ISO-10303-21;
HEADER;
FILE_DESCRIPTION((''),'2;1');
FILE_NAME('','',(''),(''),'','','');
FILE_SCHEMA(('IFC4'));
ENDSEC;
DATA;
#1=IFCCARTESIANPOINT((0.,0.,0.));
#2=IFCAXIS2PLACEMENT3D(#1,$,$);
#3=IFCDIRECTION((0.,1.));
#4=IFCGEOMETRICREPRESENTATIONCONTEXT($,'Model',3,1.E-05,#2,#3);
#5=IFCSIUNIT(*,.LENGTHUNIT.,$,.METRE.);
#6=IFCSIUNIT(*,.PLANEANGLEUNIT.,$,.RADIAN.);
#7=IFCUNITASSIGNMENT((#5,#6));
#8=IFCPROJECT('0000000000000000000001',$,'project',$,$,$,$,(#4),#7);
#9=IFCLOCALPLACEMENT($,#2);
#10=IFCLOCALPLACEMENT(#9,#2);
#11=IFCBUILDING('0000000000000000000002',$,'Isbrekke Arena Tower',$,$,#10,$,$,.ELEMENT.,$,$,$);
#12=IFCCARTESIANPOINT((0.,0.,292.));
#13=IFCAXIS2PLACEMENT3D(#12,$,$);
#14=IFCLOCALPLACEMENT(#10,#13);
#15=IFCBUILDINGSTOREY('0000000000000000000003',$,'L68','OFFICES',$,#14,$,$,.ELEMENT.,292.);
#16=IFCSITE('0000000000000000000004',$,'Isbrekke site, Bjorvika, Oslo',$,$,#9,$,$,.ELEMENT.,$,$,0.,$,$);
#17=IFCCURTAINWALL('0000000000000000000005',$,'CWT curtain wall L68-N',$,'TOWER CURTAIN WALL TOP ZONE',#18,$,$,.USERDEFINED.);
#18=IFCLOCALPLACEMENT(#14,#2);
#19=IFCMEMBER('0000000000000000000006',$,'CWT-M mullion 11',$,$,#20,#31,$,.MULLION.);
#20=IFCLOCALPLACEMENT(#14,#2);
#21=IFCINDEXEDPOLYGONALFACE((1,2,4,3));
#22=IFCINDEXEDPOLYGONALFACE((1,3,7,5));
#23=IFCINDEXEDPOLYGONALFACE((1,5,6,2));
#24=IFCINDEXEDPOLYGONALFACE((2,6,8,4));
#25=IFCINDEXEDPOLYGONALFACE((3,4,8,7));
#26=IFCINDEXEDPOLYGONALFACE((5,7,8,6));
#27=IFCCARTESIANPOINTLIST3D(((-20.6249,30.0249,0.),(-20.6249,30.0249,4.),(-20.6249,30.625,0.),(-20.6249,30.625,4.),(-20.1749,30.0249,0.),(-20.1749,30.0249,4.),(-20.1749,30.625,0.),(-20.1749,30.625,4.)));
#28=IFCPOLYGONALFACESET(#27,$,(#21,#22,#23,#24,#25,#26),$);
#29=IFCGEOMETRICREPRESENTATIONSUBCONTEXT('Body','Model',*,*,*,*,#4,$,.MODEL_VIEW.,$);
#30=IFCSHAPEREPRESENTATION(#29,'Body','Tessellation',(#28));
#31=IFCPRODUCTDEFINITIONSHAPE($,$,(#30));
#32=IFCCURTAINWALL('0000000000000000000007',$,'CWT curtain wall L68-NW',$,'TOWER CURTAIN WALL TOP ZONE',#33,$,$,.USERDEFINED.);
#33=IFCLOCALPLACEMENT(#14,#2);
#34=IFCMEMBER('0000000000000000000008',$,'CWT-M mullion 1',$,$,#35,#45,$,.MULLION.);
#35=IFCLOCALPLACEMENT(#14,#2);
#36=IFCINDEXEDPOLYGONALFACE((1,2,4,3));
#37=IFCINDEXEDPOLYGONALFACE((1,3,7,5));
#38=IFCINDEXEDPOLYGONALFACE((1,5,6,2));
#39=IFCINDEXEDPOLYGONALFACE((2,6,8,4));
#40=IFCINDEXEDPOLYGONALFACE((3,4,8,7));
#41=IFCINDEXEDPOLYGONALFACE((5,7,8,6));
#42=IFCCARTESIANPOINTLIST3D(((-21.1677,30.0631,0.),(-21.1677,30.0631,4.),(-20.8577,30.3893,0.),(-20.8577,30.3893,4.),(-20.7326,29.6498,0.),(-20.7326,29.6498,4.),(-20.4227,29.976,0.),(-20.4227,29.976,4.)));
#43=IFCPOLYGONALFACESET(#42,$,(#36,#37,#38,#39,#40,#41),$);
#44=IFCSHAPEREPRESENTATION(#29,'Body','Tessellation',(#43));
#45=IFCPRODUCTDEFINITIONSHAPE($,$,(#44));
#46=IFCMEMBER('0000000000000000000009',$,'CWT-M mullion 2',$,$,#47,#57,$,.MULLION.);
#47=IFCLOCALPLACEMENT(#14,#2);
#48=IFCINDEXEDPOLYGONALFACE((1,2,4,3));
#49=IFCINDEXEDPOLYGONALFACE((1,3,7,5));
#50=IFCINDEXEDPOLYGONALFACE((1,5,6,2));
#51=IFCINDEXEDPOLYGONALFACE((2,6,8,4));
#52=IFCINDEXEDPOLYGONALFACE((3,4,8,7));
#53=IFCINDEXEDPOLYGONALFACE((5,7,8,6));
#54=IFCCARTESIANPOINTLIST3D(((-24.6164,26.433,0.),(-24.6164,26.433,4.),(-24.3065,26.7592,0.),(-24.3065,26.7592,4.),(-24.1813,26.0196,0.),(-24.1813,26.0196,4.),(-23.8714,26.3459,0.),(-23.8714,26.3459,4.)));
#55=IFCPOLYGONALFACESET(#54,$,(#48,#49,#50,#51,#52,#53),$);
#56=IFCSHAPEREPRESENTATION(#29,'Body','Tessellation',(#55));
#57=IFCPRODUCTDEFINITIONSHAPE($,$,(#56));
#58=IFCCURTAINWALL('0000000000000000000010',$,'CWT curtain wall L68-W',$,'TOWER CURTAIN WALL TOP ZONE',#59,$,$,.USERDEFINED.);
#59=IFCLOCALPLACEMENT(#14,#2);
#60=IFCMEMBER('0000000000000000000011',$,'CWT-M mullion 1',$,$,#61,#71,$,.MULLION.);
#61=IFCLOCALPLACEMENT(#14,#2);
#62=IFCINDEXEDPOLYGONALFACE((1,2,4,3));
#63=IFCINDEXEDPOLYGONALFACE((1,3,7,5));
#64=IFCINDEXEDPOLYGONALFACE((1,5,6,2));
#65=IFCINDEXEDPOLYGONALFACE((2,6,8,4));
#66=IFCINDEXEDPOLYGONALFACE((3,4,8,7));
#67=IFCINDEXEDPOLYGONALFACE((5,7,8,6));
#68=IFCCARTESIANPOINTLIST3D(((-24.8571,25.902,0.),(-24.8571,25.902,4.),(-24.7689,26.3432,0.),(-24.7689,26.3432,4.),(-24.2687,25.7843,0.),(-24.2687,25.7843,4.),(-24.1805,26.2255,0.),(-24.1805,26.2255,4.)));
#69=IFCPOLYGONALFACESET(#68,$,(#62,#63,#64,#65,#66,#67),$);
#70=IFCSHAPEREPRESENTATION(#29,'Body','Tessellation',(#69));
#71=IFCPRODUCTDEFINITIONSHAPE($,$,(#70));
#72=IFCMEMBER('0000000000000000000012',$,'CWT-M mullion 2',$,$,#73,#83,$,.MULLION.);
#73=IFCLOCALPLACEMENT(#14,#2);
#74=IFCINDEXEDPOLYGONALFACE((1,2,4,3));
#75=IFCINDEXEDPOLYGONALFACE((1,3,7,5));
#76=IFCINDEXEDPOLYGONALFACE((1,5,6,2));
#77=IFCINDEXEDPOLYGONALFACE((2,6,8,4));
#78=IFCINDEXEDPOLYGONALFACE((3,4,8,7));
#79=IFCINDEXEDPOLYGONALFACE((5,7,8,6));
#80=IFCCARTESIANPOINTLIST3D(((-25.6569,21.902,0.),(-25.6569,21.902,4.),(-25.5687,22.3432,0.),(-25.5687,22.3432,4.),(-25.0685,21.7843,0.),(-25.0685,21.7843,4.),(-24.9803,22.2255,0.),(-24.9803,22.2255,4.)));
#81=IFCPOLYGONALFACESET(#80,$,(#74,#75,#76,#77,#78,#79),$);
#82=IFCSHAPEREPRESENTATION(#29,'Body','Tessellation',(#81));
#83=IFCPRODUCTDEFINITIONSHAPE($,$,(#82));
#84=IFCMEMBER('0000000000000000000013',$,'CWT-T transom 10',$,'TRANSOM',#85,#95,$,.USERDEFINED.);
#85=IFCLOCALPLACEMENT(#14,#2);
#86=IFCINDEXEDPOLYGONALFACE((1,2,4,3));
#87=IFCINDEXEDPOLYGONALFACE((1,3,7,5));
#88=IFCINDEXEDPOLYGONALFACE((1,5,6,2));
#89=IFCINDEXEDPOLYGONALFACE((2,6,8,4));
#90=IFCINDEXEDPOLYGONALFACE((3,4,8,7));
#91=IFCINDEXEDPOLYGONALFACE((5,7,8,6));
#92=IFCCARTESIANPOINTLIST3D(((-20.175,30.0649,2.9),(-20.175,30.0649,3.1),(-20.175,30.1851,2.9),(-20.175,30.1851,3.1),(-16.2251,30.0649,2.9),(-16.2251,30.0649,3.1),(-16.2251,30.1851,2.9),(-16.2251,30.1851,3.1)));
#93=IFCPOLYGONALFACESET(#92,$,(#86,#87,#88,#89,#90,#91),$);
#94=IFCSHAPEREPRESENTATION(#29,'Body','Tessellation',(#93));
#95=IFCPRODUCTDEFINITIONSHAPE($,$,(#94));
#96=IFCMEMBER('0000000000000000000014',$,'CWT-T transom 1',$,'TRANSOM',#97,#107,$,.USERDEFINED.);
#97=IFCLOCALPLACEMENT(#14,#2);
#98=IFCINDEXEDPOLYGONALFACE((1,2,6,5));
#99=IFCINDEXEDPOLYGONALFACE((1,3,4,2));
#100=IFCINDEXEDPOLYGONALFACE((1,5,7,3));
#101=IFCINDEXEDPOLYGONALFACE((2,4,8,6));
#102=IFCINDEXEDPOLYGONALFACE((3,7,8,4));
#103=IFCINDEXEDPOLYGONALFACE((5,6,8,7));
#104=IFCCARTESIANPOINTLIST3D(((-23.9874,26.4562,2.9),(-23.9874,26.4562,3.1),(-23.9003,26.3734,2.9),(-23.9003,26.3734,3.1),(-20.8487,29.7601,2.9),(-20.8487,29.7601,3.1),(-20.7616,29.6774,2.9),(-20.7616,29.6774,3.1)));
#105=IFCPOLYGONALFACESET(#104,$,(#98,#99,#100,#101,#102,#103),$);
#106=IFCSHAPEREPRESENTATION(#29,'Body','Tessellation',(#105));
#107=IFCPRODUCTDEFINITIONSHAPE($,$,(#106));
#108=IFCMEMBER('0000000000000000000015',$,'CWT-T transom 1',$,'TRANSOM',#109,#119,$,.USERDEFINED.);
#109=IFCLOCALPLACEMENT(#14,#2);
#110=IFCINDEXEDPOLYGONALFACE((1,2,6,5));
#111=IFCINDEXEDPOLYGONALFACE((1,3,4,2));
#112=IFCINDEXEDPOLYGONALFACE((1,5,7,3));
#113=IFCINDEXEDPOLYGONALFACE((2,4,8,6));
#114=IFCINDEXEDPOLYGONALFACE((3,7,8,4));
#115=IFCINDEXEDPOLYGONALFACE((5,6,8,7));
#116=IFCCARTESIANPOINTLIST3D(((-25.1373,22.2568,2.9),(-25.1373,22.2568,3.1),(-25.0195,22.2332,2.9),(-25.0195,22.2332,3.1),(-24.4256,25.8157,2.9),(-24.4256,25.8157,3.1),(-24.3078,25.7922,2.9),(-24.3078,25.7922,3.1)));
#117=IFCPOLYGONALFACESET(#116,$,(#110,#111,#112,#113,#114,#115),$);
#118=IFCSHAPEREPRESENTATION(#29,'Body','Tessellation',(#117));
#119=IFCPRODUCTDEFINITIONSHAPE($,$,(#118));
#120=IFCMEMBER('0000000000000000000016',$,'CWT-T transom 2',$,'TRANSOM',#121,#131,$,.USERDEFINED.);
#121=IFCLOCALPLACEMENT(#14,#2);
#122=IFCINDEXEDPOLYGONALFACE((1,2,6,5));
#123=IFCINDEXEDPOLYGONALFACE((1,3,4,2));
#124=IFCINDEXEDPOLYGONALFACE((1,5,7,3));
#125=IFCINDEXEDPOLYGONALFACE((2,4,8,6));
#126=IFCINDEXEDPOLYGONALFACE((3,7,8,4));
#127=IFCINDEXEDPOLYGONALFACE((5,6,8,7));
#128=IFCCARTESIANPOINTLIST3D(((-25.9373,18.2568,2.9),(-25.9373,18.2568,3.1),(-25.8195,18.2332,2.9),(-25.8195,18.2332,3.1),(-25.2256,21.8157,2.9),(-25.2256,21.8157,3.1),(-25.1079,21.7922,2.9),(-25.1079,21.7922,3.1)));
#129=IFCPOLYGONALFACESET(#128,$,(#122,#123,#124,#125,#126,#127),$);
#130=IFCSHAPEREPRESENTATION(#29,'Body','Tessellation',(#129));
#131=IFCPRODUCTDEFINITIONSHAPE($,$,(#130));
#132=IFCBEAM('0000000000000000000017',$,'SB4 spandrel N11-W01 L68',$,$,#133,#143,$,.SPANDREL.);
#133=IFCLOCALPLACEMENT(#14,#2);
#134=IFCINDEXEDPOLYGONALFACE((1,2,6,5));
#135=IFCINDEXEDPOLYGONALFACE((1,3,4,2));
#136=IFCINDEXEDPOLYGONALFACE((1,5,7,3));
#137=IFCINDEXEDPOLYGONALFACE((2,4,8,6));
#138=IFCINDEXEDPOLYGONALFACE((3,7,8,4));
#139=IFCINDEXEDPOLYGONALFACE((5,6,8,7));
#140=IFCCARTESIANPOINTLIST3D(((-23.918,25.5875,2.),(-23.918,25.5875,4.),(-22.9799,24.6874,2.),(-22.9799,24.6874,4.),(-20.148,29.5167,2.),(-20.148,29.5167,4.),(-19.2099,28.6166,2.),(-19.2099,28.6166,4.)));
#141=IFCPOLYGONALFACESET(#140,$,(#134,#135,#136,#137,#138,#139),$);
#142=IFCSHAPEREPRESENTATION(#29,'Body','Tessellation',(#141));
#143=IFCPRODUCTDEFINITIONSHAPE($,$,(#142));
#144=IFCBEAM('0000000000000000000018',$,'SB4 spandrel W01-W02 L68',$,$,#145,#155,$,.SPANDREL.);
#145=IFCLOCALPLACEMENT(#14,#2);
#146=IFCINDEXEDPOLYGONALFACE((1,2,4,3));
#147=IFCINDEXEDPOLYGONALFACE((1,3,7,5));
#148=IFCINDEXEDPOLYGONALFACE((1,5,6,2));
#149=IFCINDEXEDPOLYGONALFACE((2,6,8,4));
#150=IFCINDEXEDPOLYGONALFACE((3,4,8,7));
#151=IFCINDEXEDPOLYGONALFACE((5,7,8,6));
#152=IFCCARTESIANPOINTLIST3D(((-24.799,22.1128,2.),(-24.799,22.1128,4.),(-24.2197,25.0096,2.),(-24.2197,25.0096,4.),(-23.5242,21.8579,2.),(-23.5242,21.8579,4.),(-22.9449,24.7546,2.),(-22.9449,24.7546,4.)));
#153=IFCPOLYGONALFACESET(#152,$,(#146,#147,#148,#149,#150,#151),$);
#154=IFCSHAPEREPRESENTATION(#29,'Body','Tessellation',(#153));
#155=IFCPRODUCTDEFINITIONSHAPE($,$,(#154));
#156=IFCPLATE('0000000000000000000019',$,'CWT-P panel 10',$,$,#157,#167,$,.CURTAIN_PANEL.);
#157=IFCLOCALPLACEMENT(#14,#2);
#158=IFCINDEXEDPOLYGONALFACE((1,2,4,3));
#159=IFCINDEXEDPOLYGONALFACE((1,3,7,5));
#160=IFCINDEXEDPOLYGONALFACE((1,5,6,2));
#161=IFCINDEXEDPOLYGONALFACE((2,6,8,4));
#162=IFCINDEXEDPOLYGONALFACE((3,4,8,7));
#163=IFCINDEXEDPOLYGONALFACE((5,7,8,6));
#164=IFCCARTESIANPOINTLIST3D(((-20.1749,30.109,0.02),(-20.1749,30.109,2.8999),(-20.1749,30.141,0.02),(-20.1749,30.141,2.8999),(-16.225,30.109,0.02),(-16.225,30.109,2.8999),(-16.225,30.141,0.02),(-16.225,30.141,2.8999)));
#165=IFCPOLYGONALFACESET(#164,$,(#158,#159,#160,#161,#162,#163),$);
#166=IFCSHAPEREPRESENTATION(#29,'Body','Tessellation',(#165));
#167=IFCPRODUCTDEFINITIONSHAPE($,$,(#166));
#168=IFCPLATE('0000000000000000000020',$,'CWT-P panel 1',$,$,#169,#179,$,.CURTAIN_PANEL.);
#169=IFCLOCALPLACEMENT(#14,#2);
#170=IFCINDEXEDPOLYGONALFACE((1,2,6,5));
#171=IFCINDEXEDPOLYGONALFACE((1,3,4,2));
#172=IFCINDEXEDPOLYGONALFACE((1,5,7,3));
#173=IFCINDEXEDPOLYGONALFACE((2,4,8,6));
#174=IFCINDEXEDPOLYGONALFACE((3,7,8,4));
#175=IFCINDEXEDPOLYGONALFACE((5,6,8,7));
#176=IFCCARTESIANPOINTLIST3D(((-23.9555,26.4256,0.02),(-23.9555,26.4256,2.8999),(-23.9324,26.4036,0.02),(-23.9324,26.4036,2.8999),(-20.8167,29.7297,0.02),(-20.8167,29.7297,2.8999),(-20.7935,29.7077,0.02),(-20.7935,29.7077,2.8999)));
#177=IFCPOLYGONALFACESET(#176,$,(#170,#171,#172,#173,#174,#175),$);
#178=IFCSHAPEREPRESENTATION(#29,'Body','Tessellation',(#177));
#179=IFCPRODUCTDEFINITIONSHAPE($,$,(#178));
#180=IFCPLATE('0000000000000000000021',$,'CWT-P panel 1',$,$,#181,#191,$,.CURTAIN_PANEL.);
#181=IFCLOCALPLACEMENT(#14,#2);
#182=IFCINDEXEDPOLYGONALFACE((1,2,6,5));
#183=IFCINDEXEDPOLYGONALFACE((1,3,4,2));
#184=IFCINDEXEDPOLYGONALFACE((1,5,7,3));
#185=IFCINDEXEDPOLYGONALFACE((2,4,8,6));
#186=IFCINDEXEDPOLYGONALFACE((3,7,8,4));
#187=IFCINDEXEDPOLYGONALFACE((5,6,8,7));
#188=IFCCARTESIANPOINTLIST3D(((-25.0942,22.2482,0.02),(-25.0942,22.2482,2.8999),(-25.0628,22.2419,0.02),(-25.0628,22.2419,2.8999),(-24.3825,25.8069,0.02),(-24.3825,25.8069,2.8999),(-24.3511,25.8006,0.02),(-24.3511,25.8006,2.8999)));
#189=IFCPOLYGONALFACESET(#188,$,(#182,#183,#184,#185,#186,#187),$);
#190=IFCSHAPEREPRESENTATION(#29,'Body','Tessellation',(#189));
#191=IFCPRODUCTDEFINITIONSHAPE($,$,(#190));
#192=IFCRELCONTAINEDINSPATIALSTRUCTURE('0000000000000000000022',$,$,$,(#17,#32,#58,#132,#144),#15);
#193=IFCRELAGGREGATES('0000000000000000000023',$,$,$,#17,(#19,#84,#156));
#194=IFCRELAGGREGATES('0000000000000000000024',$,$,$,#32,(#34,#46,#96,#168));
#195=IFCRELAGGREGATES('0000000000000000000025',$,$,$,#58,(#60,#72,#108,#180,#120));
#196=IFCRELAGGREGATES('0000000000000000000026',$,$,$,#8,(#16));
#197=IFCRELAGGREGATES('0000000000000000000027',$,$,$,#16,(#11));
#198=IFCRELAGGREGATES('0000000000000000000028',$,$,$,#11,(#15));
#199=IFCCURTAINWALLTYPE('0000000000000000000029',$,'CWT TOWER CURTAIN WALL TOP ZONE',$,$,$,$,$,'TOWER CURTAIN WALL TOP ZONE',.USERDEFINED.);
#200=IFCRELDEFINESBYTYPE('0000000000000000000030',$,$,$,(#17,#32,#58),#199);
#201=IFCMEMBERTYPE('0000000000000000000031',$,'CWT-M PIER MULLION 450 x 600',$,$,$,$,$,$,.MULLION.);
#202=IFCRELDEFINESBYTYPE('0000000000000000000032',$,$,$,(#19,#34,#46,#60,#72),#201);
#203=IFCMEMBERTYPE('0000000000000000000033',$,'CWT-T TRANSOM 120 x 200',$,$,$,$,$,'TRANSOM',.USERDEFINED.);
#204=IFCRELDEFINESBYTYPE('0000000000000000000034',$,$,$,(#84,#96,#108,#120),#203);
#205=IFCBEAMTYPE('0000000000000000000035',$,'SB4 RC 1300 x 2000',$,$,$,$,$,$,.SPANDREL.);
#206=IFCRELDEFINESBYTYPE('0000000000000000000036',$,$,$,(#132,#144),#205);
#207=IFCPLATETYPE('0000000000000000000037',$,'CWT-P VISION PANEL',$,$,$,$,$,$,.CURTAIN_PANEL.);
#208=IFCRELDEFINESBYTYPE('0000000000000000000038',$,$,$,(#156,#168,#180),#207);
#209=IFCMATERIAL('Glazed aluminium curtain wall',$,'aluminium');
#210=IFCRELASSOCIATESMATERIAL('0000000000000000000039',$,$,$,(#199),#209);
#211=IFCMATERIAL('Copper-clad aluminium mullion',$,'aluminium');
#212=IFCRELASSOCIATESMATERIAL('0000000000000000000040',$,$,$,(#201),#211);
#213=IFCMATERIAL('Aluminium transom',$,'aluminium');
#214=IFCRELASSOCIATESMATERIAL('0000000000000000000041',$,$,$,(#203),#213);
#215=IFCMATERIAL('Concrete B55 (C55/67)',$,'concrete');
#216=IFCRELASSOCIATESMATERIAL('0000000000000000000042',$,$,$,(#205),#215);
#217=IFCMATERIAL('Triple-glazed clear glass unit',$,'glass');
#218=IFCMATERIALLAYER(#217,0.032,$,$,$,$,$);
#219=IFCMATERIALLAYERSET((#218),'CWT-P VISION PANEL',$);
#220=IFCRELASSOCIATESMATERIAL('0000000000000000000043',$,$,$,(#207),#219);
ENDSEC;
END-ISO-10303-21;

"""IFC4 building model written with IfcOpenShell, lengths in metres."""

from ifc_helpers import new_model, si_unit, direction, frame, origin, origin_2d, place, context, subcontext, project, spatial, rectangle, extrude, material, layer, layer_set, material_profile, profile_set, type_object, element, aggregate, save


model = new_model("IFC4")

# Units and contexts
model_context = context("Model", 3, precision=1e-05, world=origin(), true_north=direction((0.0, 1.0)))
body_context = subcontext(model_context, "Body", "Model", "MODEL_VIEW")
ifc_project = project(units=[si_unit("LENGTHUNIT", "METRE"), si_unit("PLANEANGLEUNIT", "RADIAN")], contexts=[model_context])

# Site, building, storey
site_placement = place(None, origin())
site = spatial("IfcSite", under=ifc_project, at=site_placement, Name="Isbrekke site, Bjorvika, Oslo", CompositionType="ELEMENT", RefElevation=0.0)
building_placement = place(site_placement, origin())
building = spatial("IfcBuilding", under=site, at=building_placement, Name="Isbrekke Arena Tower", CompositionType="ELEMENT")
storey_placement = place(building_placement, frame((0.0, 0.0, 292.0)))
storey = spatial("IfcBuildingStorey", under=building, at=storey_placement, Name="L68", Description="OFFICES", CompositionType="ELEMENT", Elevation=292.0)

# Curtain wall, member
ifc_material_1 = material(Name="Glazed aluminium curtain wall", Category="aluminium")
curtain_wall_type = type_object("IfcCurtainWallType", Name="CWT TOWER CURTAIN WALL TOP ZONE", ElementType="TOWER CURTAIN WALL TOP ZONE", PredefinedType="USERDEFINED", material=ifc_material_1)
curtain_wall_1_placement = place(storey_placement, origin())
curtain_wall_1 = element("IfcCurtainWall", 1, at=curtain_wall_1_placement, inside=storey, type_object=curtain_wall_type, Name="CWT curtain wall L68-N", ObjectType="TOWER CURTAIN WALL TOP ZONE", PredefinedType="USERDEFINED")
ifc_material_2 = material(Name="Copper-clad aluminium mullion", Category="aluminium")
ifc_material_profile_1 = material_profile(ifc_material_2, rectangle(XDim=0.45, YDim=0.6001, at=origin_2d()), Name="PIER 450X600")
ifc_profile_set_1 = profile_set([ifc_material_profile_1], Name="Copper-clad aluminium mullion")
member_type_1 = type_object("IfcMemberType", Name="CWT-M PIER MULLION 450 x 600", PredefinedType="MULLION", material=ifc_profile_set_1)
member_1_placement = place(storey_placement, frame((-20.3999, 30.325, 0.0), z_axis=(0.0, 0.0, 1.0), x_axis=(-1.0, 0.0, 0.0)))
member_1 = element("IfcMember", 2, at=member_1_placement, type_object=member_type_1, Name="CWT-M mullion 11", PredefinedType="MULLION", context=body_context, shape_type="SweptSolid", body=[
    extrude(rectangle(XDim=0.45, YDim=0.6001, at=origin_2d()), origin(), (0.0, 0.0, 1.0), 4.0),
])

# Curtain walls, members
curtain_wall_2_placement = place(storey_placement, origin())
curtain_wall_2 = element("IfcCurtainWall", 3, at=curtain_wall_2_placement, inside=storey, type_object=curtain_wall_type, Name="CWT curtain wall L68-NW", ObjectType="TOWER CURTAIN WALL TOP ZONE", PredefinedType="USERDEFINED")
member_2_placement = place(storey_placement, frame((-20.7952, 30.0195, 0.0), z_axis=(0.0, 0.0, 1.0), x_axis=(-0.688749, -0.724999, 0.0)))
member_2 = element("IfcMember", 4, at=member_2_placement, type_object=member_type_1, Name="CWT-M mullion 1", PredefinedType="MULLION", context=body_context, shape_type="SweptSolid", body=[
    extrude(rectangle(XDim=0.45, YDim=0.6001, at=origin_2d()), origin(), (0.0, 0.0, 1.0), 4.0),
])
member_3_placement = place(storey_placement, frame((-24.2439, 26.3894, 0.0), z_axis=(0.0, 0.0, 1.0), x_axis=(-0.688749, -0.724999, 0.0)))
member_3 = element("IfcMember", 5, at=member_3_placement, type_object=member_type_1, Name="CWT-M mullion 2", PredefinedType="MULLION", context=body_context, shape_type="SweptSolid", body=[
    extrude(rectangle(XDim=0.45, YDim=0.6001, at=origin_2d()), origin(), (0.0, 0.0, 1.0), 4.0),
])
curtain_wall_3_placement = place(storey_placement, origin())
curtain_wall_3 = element("IfcCurtainWall", 6, at=curtain_wall_3_placement, inside=storey, type_object=curtain_wall_type, Name="CWT curtain wall L68-W", ObjectType="TOWER CURTAIN WALL TOP ZONE", PredefinedType="USERDEFINED")
member_4_placement = place(storey_placement, frame((-24.5188, 26.0637, 0.0), z_axis=(0.0, 0.0, 1.0), x_axis=(-0.196116, -0.980581, 0.0)))
member_4 = element("IfcMember", 7, at=member_4_placement, type_object=member_type_1, Name="CWT-M mullion 1", PredefinedType="MULLION", context=body_context, shape_type="SweptSolid", body=[
    extrude(rectangle(XDim=0.45, YDim=0.6001, at=origin_2d()), origin(), (0.0, 0.0, 1.0), 4.0),
])
member_5_placement = place(storey_placement, frame((-25.3186, 22.0637, 0.0), z_axis=(0.0, 0.0, 1.0), x_axis=(-0.196116, -0.980581, 0.0)))
member_5 = element("IfcMember", 8, at=member_5_placement, type_object=member_type_1, Name="CWT-M mullion 2", PredefinedType="MULLION", context=body_context, shape_type="SweptSolid", body=[
    extrude(rectangle(XDim=0.45, YDim=0.6001, at=origin_2d()), origin(), (0.0, 0.0, 1.0), 4.0),
])

# Members
ifc_material_3 = material(Name="Aluminium transom", Category="aluminium")
ifc_material_profile_2 = material_profile(ifc_material_3, rectangle(XDim=0.1201, YDim=0.2, at=origin_2d()), Name="TRANSOM 120X200")
ifc_profile_set_2 = profile_set([ifc_material_profile_2], Name="Aluminium transom")
member_type_2 = type_object("IfcMemberType", Name="CWT-T TRANSOM 120 x 200", ElementType="TRANSOM", PredefinedType="USERDEFINED", material=ifc_profile_set_2)
member_6_placement = place(storey_placement, frame((-16.2251, 30.125, 3.0), z_axis=(-1.0, 0.0, 0.0), x_axis=(0.0, -1.0, 0.0)))
member_6 = element("IfcMember", 9, at=member_6_placement, type_object=member_type_2, Name="CWT-T transom 10", ObjectType="TRANSOM", PredefinedType="USERDEFINED", context=body_context, shape_type="SweptSolid", body=[
    extrude(rectangle(XDim=0.1201, YDim=0.2, at=origin_2d()), origin(), (0.0, 0.0, 1.0), 3.95),
])
member_7_placement = place(storey_placement, frame((-20.8052, 29.7188, 3.0), z_axis=(-0.68874, -0.725009, 0.0), x_axis=(0.725009, -0.68874, 0.0)))
member_7 = element("IfcMember", 10, at=member_7_placement, type_object=member_type_2, Name="CWT-T transom 1", ObjectType="TRANSOM", PredefinedType="USERDEFINED", context=body_context, shape_type="SweptSolid", body=[
    extrude(rectangle(XDim=0.1201, YDim=0.2, at=origin_2d()), origin(), (0.0, 0.0, 1.0), 4.5571),
])
member_8_placement = place(storey_placement, frame((-24.3667, 25.804, 3.0), z_axis=(-0.19609, -0.980586, 0.0), x_axis=(0.980586, -0.19609, 0.0)))
member_8 = element("IfcMember", 11, at=member_8_placement, type_object=member_type_2, Name="CWT-T transom 1", ObjectType="TRANSOM", PredefinedType="USERDEFINED", context=body_context, shape_type="SweptSolid", body=[
    extrude(rectangle(XDim=0.1201, YDim=0.2, at=origin_2d()), origin(), (0.0, 0.0, 1.0), 3.6294),
])
member_9_placement = place(storey_placement, frame((-25.1667, 21.804, 3.0), z_axis=(-0.19609, -0.980586, 0.0), x_axis=(0.980586, -0.19609, 0.0)))
member_9 = element("IfcMember", 12, at=member_9_placement, type_object=member_type_2, Name="CWT-T transom 2", ObjectType="TRANSOM", PredefinedType="USERDEFINED", context=body_context, shape_type="SweptSolid", body=[
    extrude(rectangle(XDim=0.1201, YDim=0.2, at=origin_2d()), origin(), (0.0, 0.0, 1.0), 3.6294),
])

# Beams
ifc_material_4 = material(Name="Concrete B55 (C55/67)", Category="concrete")
ifc_material_profile_3 = material_profile(ifc_material_4, rectangle(XDim=1.3, YDim=2.0, at=origin_2d()), Name="RC 1300x2000")
ifc_profile_set_3 = profile_set([ifc_material_profile_3], Name="Concrete B55 (C55/67)")
beam_type_1 = type_object("IfcBeamType", Name="SB4 RC 1300 x 2000", PredefinedType="SPANDREL", material=ifc_profile_set_3)
beam_1_placement = place(storey_placement, frame((-19.679, 29.0667, 3.0), z_axis=(-0.69234, -0.721572, 0.0), x_axis=(0.721572, -0.69234, 0.0)))
element("IfcBeam", 13, at=beam_1_placement, inside=storey, type_object=beam_type_1, Name="SB4 spandrel N11-W01 L68", PredefinedType="SPANDREL", context=body_context, shape_type="SweptSolid", body=[
    extrude(rectangle(XDim=1.3, YDim=2.0, at=origin_2d()), origin(), (0.0, 0.0, 1.0), 5.4453),
])
beam_2_placement = place(storey_placement, frame((-23.5823, 24.8821, 3.0), z_axis=(-0.196116, -0.980581, 0.0), x_axis=(0.980581, -0.196116, 0.0)))
element("IfcBeam", 14, at=beam_2_placement, inside=storey, type_object=beam_type_1, Name="SB4 spandrel W01-W02 L68", PredefinedType="SPANDREL", context=body_context, shape_type="SweptSolid", body=[
    extrude(rectangle(XDim=1.3, YDim=2.0, at=origin_2d()), origin(), (0.0, 0.0, 1.0), 2.9541),
])

# Plates
ifc_material_5 = material(Name="Triple-glazed clear glass unit", Category="glass")
ifc_layer_1 = layer(ifc_material_5, 0.032)
ifc_layer_set_1 = layer_set([ifc_layer_1], Name="CWT-P VISION PANEL")
plate_type = type_object("IfcPlateType", Name="CWT-P VISION PANEL", PredefinedType="CURTAIN_PANEL", material=ifc_layer_set_1)
plate_1_placement = place(storey_placement, frame((-18.2, 30.125, 0.02), z_axis=(0.0, 0.0, 1.0), x_axis=(-1.0, 0.0, 0.0)))
plate_1 = element("IfcPlate", 15, at=plate_1_placement, type_object=plate_type, Name="CWT-P panel 10", PredefinedType="CURTAIN_PANEL", context=body_context, shape_type="SweptSolid", body=[
    extrude(rectangle(XDim=3.95, YDim=0.032, at=origin_2d()), origin(), (0.0, 0.0, 1.0), 2.8799),
])
aggregate(curtain_wall_1, [member_1, member_6, plate_1])
plate_2_placement = place(storey_placement, frame((-22.3745, 28.0667, 0.02), z_axis=(0.0, 0.0, 1.0), x_axis=(-0.688749, -0.724999, 0.0)))
plate_2 = element("IfcPlate", 16, at=plate_2_placement, type_object=plate_type, Name="CWT-P panel 1", PredefinedType="CURTAIN_PANEL", context=body_context, shape_type="SweptSolid", body=[
    extrude(rectangle(XDim=4.5574, YDim=0.032, at=origin_2d()), origin(), (0.0, 0.0, 1.0), 2.8799),
])
aggregate(curtain_wall_2, [member_2, member_3, member_7, plate_2])
plate_3_placement = place(storey_placement, frame((-24.7227, 24.0244, 0.02), z_axis=(0.0, 0.0, 1.0), x_axis=(-0.196116, -0.980581, 0.0)))
plate_3 = element("IfcPlate", 17, at=plate_3_placement, type_object=plate_type, Name="CWT-P panel 1", PredefinedType="CURTAIN_PANEL", context=body_context, shape_type="SweptSolid", body=[
    extrude(rectangle(XDim=3.6292, YDim=0.032, at=origin_2d()), origin(), (0.0, 0.0, 1.0), 2.8799),
])
aggregate(curtain_wall_3, [member_4, member_5, member_8, plate_3, member_9])

save(model, "model.ifc")
